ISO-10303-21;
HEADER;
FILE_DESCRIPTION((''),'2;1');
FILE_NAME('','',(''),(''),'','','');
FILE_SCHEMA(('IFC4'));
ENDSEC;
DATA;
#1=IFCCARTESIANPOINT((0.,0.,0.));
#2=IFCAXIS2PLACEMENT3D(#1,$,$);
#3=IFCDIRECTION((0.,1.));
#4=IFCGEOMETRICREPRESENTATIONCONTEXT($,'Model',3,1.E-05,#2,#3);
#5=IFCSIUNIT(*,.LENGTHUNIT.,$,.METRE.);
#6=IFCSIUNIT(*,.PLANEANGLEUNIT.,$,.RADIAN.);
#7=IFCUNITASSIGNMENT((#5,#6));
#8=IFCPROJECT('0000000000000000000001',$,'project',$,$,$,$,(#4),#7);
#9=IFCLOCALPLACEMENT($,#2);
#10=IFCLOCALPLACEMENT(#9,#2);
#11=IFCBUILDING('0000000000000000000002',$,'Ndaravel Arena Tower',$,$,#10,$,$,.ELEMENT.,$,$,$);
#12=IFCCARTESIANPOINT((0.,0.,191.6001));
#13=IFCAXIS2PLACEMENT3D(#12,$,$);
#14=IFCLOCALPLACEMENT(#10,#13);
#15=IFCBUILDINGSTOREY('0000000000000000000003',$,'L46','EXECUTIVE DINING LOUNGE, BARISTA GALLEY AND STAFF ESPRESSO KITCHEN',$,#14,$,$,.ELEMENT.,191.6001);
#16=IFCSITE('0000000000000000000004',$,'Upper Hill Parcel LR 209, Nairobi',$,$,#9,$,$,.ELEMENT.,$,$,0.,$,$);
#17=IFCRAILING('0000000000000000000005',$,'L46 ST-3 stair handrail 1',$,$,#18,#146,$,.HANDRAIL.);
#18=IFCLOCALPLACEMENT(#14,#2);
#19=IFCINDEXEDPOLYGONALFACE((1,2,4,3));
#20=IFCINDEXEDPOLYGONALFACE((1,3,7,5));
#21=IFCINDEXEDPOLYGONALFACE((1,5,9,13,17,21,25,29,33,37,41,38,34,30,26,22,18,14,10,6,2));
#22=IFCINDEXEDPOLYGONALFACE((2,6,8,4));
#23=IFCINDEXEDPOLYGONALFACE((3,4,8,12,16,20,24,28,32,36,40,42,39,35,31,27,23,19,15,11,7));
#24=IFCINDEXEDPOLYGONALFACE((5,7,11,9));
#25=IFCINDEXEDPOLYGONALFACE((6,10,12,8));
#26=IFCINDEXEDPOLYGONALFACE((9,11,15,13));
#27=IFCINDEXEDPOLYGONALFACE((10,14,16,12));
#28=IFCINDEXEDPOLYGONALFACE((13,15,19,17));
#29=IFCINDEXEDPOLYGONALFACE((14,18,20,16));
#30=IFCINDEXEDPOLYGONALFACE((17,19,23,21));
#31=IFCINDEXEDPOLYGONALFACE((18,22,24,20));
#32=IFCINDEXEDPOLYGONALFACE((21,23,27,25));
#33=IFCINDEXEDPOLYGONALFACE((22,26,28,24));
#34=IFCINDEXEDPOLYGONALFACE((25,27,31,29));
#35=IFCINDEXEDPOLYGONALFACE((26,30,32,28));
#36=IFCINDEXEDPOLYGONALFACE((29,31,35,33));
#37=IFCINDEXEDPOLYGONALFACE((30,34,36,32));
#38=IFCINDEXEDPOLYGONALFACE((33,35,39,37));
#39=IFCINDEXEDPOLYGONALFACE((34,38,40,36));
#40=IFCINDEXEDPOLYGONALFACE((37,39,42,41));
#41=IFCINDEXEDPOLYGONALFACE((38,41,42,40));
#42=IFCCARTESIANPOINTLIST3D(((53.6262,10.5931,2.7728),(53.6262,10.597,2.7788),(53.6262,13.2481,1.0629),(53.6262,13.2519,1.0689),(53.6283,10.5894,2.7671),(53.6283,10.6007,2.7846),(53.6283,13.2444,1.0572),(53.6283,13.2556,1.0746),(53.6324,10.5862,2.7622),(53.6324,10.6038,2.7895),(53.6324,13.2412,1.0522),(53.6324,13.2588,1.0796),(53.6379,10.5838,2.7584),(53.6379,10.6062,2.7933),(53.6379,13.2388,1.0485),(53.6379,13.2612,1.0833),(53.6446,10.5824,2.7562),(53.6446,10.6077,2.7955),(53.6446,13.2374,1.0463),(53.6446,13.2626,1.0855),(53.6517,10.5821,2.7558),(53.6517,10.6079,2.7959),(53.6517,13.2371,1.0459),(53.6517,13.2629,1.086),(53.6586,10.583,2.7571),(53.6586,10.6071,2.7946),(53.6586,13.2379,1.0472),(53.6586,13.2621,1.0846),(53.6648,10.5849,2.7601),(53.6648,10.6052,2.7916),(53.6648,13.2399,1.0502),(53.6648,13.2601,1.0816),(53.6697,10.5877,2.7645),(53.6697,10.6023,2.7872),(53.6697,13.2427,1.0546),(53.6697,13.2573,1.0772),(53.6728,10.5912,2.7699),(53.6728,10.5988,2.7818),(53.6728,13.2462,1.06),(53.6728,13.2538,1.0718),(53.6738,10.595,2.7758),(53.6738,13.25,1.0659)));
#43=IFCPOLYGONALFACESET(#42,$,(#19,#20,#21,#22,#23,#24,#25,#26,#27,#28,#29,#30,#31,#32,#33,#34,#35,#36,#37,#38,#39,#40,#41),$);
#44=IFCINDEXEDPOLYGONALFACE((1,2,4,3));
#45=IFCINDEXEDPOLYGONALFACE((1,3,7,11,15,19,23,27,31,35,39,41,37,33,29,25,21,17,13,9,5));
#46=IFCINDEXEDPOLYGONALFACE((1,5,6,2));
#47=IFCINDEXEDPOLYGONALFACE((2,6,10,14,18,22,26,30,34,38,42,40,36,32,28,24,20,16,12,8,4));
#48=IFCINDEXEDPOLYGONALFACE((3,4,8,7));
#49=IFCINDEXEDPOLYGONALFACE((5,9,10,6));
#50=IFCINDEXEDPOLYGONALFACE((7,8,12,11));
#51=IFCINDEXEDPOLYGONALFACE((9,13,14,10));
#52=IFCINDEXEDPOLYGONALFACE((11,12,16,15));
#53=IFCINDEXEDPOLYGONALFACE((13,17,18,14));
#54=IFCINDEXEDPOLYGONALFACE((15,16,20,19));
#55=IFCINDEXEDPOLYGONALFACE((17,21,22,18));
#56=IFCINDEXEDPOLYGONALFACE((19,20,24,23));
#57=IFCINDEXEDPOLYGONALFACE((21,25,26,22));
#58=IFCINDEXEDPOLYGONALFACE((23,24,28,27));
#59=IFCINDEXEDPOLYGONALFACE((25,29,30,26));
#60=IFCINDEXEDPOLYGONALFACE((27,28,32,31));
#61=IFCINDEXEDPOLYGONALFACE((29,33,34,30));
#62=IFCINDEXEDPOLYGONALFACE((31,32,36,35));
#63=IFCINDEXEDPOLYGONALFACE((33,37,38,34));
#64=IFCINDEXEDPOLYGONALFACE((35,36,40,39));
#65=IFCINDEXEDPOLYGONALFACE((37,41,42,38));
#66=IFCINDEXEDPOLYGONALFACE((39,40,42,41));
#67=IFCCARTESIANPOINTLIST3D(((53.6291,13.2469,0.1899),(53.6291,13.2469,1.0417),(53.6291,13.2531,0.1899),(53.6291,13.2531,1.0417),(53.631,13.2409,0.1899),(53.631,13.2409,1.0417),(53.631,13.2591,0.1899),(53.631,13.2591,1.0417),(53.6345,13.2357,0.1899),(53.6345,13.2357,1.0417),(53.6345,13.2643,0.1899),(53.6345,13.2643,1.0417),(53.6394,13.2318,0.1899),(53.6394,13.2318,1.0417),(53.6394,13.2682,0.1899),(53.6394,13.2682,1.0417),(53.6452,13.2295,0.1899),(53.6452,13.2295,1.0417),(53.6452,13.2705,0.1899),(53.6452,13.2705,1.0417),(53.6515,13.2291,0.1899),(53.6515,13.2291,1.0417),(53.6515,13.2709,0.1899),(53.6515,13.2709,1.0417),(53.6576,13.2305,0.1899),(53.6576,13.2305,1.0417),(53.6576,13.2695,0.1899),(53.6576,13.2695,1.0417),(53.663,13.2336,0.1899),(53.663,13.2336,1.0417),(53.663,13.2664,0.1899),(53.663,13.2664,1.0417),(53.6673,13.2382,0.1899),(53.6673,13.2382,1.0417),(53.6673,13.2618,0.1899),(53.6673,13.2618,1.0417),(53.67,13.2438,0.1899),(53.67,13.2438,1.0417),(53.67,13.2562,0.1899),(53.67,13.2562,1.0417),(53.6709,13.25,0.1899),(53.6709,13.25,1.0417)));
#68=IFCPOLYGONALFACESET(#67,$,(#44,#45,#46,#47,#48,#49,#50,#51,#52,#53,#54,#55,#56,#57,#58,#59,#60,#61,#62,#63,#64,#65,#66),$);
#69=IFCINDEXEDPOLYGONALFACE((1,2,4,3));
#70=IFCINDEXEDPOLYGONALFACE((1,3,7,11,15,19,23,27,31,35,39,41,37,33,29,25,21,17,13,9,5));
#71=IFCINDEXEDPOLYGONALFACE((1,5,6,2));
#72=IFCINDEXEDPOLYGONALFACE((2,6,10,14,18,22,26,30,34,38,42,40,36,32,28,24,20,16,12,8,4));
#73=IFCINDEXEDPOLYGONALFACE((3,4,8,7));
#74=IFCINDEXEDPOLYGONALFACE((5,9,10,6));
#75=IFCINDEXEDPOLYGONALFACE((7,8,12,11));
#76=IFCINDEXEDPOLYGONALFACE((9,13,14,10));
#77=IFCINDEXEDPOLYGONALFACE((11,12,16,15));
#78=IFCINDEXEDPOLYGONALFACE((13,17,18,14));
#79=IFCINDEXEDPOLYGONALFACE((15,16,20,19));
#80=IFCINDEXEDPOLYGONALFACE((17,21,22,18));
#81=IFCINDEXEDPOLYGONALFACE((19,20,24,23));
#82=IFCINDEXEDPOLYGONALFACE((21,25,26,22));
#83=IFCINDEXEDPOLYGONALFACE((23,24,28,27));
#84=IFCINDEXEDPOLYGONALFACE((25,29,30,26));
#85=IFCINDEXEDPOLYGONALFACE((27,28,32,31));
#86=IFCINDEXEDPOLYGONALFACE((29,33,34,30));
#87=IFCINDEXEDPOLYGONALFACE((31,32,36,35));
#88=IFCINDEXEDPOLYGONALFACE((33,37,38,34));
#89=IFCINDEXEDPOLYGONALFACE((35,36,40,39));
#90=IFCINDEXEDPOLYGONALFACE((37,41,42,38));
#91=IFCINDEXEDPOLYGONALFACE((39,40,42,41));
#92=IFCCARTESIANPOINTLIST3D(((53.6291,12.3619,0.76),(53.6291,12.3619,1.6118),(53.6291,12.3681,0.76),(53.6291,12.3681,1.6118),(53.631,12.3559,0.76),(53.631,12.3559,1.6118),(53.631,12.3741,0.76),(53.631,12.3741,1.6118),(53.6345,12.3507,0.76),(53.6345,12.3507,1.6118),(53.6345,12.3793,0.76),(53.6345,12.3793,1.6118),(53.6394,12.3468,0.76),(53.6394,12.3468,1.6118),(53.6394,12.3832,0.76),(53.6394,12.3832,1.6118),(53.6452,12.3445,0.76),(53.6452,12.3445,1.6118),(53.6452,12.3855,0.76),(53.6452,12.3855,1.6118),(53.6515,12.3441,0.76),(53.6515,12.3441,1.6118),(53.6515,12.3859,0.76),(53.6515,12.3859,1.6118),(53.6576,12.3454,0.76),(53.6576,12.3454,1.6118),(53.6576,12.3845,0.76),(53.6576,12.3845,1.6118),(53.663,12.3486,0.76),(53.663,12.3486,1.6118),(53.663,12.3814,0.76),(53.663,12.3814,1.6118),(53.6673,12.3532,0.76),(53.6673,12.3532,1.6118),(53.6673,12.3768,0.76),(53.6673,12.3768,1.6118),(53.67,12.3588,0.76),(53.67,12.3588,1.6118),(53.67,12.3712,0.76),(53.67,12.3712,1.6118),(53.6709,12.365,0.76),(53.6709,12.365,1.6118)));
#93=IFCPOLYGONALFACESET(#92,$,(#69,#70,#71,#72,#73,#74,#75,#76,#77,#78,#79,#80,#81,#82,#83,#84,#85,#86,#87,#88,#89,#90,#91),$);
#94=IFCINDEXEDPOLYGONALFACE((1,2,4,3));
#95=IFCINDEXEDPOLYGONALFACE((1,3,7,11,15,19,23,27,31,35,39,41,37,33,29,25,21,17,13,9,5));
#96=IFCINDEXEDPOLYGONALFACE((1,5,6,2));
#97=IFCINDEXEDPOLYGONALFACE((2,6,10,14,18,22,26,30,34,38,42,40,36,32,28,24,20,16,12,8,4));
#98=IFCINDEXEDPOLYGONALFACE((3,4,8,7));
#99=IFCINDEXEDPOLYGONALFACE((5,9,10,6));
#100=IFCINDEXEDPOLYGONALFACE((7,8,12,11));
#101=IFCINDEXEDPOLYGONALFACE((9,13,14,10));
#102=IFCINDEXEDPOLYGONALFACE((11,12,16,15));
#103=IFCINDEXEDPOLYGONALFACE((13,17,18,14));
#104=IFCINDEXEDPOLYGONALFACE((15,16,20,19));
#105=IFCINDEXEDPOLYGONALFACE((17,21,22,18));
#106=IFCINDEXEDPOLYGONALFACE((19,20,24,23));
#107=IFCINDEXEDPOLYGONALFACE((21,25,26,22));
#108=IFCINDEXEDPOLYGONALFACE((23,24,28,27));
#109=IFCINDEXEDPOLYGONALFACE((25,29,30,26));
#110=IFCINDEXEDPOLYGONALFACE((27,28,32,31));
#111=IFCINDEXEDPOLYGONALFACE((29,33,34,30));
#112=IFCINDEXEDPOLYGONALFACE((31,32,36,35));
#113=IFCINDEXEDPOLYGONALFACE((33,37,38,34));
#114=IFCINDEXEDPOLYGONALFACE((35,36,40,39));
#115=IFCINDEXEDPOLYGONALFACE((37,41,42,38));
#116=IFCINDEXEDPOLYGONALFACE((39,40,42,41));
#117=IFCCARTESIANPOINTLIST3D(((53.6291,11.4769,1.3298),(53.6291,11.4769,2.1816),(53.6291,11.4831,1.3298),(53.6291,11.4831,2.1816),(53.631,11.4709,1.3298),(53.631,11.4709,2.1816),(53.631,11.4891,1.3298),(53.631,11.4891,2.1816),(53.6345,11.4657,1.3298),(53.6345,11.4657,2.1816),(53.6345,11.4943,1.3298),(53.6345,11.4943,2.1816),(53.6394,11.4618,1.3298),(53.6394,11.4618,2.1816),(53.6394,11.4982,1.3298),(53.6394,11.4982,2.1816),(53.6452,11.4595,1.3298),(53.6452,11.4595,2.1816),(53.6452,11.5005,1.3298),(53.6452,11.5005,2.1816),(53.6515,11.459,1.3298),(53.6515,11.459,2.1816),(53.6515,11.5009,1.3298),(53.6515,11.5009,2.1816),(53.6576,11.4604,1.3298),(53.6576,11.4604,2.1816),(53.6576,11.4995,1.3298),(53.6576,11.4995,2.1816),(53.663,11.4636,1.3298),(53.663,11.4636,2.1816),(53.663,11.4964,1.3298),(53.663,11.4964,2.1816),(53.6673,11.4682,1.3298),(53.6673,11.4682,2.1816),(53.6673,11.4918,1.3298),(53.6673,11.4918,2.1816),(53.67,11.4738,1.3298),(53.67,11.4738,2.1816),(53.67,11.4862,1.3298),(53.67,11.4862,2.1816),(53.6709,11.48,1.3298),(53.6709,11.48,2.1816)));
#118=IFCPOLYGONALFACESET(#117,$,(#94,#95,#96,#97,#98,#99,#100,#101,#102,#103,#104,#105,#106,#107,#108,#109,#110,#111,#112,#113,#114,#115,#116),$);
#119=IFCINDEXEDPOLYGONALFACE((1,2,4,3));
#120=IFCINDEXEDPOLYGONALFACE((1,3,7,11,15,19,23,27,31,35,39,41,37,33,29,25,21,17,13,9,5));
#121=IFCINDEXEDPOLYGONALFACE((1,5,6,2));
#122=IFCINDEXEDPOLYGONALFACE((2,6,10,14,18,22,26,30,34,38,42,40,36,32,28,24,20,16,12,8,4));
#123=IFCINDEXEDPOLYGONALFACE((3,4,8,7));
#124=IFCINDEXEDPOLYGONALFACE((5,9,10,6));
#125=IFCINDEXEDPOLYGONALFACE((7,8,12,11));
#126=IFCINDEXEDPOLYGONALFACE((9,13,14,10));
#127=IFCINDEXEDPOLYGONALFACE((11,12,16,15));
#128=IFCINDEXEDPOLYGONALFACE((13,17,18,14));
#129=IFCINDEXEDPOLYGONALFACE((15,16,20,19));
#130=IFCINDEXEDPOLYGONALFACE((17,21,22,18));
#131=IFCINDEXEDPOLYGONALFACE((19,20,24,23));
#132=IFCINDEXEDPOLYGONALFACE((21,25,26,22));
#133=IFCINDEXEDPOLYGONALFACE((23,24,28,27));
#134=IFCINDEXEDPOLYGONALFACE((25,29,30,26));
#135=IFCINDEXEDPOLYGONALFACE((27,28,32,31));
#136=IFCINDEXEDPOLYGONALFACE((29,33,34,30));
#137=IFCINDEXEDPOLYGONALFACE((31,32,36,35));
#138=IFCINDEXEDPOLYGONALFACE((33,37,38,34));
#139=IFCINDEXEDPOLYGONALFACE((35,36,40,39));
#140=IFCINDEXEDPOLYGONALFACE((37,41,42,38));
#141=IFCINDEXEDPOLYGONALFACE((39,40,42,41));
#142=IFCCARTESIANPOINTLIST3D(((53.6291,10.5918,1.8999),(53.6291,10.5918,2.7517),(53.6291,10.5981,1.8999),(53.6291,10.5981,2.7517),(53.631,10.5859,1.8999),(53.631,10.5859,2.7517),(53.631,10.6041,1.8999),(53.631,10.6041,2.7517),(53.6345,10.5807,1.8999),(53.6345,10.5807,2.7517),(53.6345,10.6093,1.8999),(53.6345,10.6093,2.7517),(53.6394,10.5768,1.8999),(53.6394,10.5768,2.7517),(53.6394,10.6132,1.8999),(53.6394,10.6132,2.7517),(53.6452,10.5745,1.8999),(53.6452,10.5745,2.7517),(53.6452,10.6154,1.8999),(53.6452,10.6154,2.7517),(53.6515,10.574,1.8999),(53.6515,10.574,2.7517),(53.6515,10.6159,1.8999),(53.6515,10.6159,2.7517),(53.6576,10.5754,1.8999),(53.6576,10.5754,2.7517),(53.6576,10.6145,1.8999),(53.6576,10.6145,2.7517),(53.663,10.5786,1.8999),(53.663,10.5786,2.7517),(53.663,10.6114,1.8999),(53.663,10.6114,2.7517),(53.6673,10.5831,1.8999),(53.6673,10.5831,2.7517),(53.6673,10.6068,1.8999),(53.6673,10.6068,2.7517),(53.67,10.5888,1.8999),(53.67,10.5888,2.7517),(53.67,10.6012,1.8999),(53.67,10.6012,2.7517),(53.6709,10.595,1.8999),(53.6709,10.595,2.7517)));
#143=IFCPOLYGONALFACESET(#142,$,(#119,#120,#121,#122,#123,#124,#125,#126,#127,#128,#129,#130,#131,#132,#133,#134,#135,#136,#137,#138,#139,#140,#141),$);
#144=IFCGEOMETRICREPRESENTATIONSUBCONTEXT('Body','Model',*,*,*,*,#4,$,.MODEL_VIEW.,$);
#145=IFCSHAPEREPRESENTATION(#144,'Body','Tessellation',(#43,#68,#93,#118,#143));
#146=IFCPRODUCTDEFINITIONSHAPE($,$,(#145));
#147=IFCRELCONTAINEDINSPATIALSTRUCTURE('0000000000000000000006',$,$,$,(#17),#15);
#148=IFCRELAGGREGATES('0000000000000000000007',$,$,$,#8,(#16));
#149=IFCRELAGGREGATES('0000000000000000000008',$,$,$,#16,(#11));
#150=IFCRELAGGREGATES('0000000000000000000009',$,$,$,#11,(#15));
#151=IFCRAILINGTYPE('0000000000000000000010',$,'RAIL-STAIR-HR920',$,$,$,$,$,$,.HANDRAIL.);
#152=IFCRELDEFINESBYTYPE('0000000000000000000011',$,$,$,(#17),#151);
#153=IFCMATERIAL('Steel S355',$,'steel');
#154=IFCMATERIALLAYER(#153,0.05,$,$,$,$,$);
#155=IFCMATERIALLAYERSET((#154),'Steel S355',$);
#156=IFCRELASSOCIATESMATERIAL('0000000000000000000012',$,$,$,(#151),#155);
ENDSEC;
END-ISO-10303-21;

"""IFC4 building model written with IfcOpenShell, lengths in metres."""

from ifc_helpers import new_model, si_unit, direction, frame, origin, origin_2d, place, context, subcontext, project, spatial, circle, extrude, material, layer, layer_set, type_object, element, save


model = new_model("IFC4")

# Units and contexts
model_context = context("Model", 3, precision=1e-05, world=origin(), true_north=direction((0.0, 1.0)))
body_context = subcontext(model_context, "Body", "Model", "MODEL_VIEW")
ifc_project = project(units=[si_unit("LENGTHUNIT", "METRE"), si_unit("PLANEANGLEUNIT", "RADIAN")], contexts=[model_context])

# Site, building, storey
site_placement = place(None, origin())
site = spatial("IfcSite", under=ifc_project, at=site_placement, Name="Upper Hill Parcel LR 209, Nairobi", CompositionType="ELEMENT", RefElevation=0.0)
building_placement = place(site_placement, origin())
building = spatial("IfcBuilding", under=site, at=building_placement, Name="Ndaravel Arena Tower", CompositionType="ELEMENT")
storey_placement = place(building_placement, frame((0.0, 0.0, 191.6001)))
storey = spatial("IfcBuildingStorey", under=building, at=storey_placement, Name="L46", Description="EXECUTIVE DINING LOUNGE, BARISTA GALLEY AND STAFF ESPRESSO KITCHEN", CompositionType="ELEMENT", Elevation=191.6001)

# Railing
ifc_material_1 = material(Name="Steel S355", Category="steel")
ifc_layer_1 = layer(ifc_material_1, 0.05)
ifc_layer_set_1 = layer_set([ifc_layer_1], Name="Steel S355")
railing_type_1 = type_object("IfcRailingType", Name="RAIL-STAIR-HR920", PredefinedType="HANDRAIL", material=ifc_layer_set_1)
railing_1_placement = place(storey_placement, frame((53.6499, 13.25, 0.1899)))
element("IfcRailing", 1, at=railing_1_placement, inside=storey, type_object=railing_type_1, Name="L46 ST-3 stair handrail 1", PredefinedType="HANDRAIL", context=body_context, shape_type="SweptSolid", body=[
    extrude(circle(Radius=0.0239, at=origin_2d()), frame((0.0, 0.0, 0.876), z_axis=(0.0, -0.840724, 0.541465), x_axis=(1.0, 0.0, 0.0)), (0.0, 0.0, 1.0), 3.158),
    extrude(circle(Radius=0.021, at=origin_2d()), origin(), (0.0, 0.0, 1.0), 0.8518),
    extrude(circle(Radius=0.021, at=origin_2d()), frame((0.0, -0.885, 0.5701)), (0.0, 0.0, 1.0), 0.8518),
    extrude(circle(Radius=0.021, at=origin_2d()), frame((0.0, -1.77, 1.1399)), (0.0, 0.0, 1.0), 0.8518),
    extrude(circle(Radius=0.021, at=origin_2d()), frame((0.0, -2.655, 1.71)), (0.0, 0.0, 1.0), 0.8518),
])

save(model, "model.ifc")
